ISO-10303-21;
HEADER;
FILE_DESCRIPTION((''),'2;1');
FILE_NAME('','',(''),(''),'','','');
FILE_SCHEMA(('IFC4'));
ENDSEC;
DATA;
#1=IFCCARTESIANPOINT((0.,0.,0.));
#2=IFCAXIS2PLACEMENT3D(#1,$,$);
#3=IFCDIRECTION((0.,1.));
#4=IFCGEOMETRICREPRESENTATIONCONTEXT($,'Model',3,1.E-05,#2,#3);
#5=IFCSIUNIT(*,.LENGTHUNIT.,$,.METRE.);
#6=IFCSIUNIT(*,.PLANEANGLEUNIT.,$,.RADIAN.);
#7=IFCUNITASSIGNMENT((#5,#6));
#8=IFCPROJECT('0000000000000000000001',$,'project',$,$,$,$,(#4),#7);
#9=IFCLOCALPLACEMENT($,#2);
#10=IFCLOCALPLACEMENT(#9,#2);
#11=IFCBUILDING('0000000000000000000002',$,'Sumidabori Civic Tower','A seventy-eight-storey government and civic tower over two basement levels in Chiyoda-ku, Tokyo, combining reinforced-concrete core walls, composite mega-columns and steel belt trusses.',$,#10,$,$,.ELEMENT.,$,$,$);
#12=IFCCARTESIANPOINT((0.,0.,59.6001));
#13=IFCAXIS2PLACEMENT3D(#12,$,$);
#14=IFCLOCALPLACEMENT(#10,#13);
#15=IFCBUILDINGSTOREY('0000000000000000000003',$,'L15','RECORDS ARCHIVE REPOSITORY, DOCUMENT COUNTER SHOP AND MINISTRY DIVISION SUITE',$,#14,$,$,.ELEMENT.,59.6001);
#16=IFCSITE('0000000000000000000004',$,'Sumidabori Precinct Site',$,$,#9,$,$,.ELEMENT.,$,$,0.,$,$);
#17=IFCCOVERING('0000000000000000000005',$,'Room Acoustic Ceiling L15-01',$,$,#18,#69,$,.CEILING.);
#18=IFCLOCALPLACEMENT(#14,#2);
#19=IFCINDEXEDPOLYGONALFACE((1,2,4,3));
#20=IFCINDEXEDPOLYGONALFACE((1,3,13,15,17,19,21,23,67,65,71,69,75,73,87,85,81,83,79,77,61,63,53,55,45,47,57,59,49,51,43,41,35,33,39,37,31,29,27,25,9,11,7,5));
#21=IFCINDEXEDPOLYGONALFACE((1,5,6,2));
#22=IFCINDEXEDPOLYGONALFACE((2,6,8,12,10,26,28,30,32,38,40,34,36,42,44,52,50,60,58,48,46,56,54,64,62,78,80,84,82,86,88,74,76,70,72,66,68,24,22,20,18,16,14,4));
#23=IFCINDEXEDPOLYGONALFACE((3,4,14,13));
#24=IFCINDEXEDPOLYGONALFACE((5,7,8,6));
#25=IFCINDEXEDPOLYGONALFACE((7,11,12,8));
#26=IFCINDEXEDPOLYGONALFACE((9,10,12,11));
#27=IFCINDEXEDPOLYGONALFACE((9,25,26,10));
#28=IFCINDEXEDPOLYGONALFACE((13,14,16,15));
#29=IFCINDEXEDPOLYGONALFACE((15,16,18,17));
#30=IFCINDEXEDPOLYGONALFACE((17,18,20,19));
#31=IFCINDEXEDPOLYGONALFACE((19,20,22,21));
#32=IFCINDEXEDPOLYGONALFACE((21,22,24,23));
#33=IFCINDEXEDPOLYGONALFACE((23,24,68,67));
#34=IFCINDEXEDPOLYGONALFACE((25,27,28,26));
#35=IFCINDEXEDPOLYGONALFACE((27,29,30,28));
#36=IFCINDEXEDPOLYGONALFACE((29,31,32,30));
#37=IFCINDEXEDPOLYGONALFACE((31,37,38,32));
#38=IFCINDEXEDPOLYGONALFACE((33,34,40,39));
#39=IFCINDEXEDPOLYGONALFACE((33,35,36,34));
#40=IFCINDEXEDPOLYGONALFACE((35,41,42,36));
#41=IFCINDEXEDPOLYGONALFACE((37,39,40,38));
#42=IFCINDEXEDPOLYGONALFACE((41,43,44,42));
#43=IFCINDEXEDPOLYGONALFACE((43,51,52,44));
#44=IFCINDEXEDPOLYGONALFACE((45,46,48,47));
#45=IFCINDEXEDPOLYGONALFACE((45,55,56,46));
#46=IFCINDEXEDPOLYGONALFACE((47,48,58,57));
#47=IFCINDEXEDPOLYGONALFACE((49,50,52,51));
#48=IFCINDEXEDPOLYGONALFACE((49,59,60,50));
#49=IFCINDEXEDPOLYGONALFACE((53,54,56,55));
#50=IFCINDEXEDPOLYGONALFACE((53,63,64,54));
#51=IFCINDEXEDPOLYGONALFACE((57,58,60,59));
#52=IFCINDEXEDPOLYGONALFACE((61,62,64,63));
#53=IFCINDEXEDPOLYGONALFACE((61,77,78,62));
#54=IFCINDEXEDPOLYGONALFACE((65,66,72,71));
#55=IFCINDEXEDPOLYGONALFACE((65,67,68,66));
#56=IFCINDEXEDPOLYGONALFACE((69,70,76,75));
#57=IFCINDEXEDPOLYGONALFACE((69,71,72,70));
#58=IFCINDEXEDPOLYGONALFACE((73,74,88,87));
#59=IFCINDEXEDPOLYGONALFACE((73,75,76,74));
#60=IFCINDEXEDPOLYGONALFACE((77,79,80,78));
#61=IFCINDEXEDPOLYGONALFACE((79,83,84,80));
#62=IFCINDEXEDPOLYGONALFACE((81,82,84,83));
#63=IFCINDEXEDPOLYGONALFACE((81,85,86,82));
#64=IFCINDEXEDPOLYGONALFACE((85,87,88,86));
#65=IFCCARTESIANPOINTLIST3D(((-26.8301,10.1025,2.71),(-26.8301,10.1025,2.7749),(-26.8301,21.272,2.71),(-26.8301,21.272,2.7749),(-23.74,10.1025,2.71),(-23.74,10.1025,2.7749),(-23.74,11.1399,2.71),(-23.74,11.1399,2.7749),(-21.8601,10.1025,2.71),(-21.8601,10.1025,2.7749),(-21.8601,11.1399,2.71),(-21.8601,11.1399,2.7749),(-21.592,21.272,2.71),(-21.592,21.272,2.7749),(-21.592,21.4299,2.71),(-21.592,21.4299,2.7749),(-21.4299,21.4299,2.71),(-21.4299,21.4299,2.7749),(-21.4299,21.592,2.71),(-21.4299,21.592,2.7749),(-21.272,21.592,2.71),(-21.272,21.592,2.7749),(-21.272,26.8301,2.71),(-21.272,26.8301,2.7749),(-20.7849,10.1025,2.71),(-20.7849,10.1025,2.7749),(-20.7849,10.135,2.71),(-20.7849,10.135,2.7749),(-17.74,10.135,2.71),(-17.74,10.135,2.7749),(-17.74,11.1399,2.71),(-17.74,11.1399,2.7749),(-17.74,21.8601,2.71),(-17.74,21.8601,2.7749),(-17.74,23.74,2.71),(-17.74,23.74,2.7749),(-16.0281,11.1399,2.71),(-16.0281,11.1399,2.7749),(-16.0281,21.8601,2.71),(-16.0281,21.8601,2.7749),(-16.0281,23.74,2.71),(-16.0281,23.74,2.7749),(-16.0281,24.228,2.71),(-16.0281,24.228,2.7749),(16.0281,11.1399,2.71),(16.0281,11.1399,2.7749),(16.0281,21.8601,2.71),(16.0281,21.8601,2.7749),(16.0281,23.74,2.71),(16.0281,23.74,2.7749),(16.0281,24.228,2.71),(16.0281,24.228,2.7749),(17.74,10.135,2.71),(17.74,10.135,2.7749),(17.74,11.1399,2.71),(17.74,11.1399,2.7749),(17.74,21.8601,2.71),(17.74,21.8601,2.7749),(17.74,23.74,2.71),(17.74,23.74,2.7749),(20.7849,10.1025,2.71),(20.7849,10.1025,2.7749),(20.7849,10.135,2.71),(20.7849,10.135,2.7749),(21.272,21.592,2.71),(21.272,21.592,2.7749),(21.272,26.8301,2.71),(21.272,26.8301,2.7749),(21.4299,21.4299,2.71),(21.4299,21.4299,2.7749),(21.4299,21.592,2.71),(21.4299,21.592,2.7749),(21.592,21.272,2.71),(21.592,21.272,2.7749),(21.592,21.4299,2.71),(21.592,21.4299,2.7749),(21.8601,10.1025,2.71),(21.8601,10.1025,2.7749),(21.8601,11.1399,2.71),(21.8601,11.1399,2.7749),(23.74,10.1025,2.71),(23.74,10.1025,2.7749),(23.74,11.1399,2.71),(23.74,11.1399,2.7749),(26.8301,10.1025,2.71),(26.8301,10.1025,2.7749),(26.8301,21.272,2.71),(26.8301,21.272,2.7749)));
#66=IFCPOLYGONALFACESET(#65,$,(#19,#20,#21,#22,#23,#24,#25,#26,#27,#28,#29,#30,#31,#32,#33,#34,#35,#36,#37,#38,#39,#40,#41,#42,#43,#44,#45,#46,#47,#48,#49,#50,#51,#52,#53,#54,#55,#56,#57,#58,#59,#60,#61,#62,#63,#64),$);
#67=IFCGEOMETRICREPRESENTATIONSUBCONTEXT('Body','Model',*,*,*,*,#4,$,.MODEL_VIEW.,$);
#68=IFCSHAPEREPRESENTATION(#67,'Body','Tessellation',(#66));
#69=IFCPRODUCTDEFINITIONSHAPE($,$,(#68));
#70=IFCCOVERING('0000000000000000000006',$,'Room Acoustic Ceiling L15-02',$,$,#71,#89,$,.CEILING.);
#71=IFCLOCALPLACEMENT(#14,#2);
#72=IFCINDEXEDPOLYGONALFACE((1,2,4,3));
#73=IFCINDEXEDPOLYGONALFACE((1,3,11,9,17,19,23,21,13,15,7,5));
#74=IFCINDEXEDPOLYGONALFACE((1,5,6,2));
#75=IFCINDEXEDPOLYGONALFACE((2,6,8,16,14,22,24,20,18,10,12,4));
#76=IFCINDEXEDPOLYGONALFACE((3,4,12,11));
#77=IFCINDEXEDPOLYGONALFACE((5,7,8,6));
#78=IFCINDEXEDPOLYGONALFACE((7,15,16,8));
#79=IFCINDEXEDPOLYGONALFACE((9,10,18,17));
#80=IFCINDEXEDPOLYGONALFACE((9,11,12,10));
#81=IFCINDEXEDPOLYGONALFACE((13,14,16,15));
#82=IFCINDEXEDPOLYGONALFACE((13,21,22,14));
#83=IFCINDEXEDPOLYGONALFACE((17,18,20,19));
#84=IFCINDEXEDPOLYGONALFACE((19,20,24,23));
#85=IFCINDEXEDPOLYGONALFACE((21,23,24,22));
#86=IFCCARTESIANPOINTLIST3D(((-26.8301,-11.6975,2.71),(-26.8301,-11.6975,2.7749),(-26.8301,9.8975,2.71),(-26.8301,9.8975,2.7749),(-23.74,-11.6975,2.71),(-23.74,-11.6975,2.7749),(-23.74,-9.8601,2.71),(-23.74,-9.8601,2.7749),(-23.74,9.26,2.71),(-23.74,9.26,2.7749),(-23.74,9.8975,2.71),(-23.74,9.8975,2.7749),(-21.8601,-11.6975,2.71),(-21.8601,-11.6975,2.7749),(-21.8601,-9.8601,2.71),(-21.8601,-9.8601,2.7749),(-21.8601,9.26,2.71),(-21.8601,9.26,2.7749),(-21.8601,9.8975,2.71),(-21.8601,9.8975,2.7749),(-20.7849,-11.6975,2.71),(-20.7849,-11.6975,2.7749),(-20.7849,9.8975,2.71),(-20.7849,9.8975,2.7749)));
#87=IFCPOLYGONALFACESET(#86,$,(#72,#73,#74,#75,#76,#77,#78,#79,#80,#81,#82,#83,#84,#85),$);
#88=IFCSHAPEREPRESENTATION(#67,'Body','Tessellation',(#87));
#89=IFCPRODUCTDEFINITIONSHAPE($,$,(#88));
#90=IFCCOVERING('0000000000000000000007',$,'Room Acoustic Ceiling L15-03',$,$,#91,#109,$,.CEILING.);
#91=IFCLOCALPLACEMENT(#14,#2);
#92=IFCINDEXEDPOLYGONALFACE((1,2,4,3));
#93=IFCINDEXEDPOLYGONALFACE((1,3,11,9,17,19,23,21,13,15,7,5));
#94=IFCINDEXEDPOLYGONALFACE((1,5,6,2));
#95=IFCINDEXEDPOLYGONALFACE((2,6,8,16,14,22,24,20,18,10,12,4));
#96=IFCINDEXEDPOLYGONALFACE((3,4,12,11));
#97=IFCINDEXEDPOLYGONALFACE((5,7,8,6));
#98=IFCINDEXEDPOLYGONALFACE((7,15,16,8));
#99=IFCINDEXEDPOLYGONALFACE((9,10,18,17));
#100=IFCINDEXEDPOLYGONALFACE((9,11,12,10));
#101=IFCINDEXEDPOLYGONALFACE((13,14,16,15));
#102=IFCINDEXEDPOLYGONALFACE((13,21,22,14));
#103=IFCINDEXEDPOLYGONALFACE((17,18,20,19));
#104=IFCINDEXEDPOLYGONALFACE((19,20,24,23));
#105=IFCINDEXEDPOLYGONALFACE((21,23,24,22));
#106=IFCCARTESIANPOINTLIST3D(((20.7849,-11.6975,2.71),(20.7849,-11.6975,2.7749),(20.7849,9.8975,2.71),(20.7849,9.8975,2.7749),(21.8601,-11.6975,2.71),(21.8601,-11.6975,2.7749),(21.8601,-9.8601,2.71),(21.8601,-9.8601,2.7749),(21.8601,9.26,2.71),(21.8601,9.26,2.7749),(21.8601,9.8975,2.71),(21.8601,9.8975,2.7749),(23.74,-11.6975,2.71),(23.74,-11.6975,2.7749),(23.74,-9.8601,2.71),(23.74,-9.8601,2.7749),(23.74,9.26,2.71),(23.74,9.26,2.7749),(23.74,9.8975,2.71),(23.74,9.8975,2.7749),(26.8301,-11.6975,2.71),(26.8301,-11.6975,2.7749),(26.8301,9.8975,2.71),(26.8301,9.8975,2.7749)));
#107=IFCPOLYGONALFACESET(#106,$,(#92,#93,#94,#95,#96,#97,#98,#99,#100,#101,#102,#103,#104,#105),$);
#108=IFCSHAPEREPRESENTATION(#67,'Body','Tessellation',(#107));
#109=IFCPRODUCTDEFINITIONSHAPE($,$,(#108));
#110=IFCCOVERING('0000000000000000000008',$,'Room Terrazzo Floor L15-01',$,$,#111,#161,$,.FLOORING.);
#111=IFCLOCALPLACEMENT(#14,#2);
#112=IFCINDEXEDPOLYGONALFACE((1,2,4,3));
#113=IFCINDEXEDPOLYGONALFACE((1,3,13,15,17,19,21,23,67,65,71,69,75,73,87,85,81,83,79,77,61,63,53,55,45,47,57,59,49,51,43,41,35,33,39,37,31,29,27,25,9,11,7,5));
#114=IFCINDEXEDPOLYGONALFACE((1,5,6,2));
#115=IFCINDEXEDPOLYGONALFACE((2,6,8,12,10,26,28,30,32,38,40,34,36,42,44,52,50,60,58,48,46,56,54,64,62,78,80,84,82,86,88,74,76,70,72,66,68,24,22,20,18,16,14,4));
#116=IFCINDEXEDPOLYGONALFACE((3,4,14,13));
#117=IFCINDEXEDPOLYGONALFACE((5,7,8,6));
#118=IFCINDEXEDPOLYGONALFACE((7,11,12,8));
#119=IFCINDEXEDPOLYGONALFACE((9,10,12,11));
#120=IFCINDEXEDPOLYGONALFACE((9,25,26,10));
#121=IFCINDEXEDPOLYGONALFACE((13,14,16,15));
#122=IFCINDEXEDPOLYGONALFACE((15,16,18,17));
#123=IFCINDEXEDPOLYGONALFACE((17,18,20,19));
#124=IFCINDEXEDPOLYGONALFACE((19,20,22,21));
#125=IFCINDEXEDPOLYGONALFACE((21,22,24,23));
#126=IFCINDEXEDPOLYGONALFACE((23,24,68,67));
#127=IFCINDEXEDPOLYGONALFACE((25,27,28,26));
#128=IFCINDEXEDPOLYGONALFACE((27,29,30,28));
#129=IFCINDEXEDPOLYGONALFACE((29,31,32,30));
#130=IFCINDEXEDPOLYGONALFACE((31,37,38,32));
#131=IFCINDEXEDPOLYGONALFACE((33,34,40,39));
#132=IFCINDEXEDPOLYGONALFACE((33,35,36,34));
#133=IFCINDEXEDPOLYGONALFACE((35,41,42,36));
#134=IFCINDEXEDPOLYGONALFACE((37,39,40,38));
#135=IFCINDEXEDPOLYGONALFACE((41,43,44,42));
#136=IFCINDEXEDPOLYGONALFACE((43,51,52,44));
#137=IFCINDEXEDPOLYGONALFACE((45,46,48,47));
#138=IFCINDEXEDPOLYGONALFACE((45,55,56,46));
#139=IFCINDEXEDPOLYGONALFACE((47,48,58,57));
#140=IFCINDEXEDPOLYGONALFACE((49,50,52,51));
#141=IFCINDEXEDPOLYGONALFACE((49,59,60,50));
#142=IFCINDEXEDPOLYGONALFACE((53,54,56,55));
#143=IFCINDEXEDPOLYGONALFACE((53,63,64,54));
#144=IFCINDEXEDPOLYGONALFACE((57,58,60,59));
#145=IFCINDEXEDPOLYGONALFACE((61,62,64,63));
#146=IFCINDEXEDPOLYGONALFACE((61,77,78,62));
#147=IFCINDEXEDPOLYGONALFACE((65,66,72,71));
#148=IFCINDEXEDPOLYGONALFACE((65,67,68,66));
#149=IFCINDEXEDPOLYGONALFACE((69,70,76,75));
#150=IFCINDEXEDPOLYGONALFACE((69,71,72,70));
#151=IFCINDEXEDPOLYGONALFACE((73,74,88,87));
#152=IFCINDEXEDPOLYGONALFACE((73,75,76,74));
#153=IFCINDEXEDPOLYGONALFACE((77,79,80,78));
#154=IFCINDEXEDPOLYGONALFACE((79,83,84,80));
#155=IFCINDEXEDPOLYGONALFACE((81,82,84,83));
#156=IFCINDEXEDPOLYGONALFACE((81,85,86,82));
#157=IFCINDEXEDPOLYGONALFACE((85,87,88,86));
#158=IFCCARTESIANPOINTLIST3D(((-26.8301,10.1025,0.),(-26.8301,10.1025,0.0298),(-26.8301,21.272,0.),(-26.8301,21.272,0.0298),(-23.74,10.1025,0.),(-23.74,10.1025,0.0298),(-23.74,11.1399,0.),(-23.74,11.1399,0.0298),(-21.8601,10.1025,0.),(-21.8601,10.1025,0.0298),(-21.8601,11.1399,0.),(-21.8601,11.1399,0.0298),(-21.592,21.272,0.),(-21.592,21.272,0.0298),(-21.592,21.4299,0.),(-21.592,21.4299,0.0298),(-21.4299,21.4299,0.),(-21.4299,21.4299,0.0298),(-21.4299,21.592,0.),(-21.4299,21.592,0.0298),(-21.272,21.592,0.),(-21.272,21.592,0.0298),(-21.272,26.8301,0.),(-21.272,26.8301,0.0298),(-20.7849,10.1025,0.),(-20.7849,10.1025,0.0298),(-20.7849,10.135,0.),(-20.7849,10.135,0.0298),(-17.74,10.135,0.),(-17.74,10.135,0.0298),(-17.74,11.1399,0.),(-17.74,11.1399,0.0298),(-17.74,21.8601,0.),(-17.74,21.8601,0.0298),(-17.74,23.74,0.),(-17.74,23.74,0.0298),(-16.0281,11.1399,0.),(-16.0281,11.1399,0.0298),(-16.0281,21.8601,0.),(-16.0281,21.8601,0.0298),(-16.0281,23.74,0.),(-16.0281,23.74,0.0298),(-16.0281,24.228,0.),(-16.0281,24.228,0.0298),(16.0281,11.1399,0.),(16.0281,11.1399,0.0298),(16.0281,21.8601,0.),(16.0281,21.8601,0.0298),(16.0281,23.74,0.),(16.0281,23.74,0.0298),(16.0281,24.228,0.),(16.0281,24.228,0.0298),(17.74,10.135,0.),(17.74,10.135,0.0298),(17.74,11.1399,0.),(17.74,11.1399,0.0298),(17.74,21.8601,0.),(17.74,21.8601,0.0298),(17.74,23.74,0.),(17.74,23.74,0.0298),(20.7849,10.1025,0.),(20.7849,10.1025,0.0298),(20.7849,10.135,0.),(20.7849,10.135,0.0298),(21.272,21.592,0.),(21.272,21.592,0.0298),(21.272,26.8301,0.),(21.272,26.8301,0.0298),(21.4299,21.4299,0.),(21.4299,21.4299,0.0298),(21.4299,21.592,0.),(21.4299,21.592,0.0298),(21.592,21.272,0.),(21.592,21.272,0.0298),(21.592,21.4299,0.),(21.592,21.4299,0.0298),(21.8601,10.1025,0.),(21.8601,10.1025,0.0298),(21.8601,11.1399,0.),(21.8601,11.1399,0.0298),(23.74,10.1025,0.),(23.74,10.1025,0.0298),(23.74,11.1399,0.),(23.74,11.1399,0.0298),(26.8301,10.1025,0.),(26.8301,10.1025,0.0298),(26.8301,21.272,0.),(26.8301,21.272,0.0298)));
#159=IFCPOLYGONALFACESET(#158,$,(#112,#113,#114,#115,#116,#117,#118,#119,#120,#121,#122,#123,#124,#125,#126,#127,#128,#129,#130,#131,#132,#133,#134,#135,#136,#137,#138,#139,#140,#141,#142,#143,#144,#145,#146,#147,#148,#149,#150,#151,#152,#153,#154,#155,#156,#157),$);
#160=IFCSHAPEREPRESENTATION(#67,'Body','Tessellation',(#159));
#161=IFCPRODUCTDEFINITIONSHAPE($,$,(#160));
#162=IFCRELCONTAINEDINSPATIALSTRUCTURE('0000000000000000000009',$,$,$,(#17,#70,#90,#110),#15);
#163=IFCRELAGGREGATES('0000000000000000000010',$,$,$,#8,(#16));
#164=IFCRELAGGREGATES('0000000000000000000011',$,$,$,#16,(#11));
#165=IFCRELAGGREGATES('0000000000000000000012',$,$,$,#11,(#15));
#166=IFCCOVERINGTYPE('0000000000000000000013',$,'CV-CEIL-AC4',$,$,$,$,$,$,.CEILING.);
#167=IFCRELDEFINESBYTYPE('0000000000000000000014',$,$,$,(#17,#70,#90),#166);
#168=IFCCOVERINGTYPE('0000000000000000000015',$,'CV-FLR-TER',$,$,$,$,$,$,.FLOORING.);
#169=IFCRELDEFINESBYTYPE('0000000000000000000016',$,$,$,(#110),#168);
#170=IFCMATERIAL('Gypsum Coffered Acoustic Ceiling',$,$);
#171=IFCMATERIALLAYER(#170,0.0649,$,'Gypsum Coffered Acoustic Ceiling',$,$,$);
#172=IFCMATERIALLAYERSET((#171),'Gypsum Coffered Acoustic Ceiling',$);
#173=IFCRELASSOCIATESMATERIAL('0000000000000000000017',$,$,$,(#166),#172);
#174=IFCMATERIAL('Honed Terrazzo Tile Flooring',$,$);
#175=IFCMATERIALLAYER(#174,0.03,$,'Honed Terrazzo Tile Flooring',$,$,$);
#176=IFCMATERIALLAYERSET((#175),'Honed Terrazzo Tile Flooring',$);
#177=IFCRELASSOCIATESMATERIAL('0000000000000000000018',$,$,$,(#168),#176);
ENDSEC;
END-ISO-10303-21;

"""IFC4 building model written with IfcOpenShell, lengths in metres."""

from ifc_helpers import new_model, si_unit, direction, frame, origin, place, context, subcontext, project, spatial, polyline, outline, extrude, material, layer, layer_set, type_object, element, save


model = new_model("IFC4")

# Units and contexts
model_context = context("Model", 3, precision=1e-05, world=origin(), true_north=direction((0.0, 1.0)))
body_context = subcontext(model_context, "Body", "Model", "MODEL_VIEW")
ifc_project = project(units=[si_unit("LENGTHUNIT", "METRE"), si_unit("PLANEANGLEUNIT", "RADIAN")], contexts=[model_context])

# Site, building, storey
site_placement = place(None, origin())
site = spatial("IfcSite", under=ifc_project, at=site_placement, Name="Sumidabori Precinct Site", CompositionType="ELEMENT", RefElevation=0.0)
building_placement = place(site_placement, origin())
building = spatial("IfcBuilding", under=site, at=building_placement, Name="Sumidabori Civic Tower", Description="A seventy-eight-storey government and civic tower over two basement levels in Chiyoda-ku, Tokyo, combining reinforced-concrete core walls, composite mega-columns and steel belt trusses.", CompositionType="ELEMENT")
storey_placement = place(building_placement, frame((0.0, 0.0, 59.6001)))
storey = spatial("IfcBuildingStorey", under=building, at=storey_placement, Name="L15", Description="RECORDS ARCHIVE REPOSITORY, DOCUMENT COUNTER SHOP AND MINISTRY DIVISION SUITE", CompositionType="ELEMENT", Elevation=59.6001)

# Coverings
ifc_material_1 = material(Name="Gypsum Coffered Acoustic Ceiling")
ifc_layer_1 = layer(ifc_material_1, 0.0649, Name="Gypsum Coffered Acoustic Ceiling")
ifc_layer_set_1 = layer_set([ifc_layer_1], Name="Gypsum Coffered Acoustic Ceiling")
covering_type_1 = type_object("IfcCoveringType", Name="CV-CEIL-AC4", PredefinedType="CEILING", material=ifc_layer_set_1)
covering_1_placement = place(storey_placement, frame((0.0, 0.0, 2.71)))
element("IfcCovering", 1, at=covering_1_placement, inside=storey, type_object=covering_type_1, Name="Room Acoustic Ceiling L15-01", PredefinedType="CEILING", context=body_context, shape_type="SweptSolid", body=[
    extrude(outline(polyline([(-26.8301, 10.1025), (-26.8301, 21.272), (-21.592, 21.272), (-21.592, 21.4299), (-21.4299, 21.4299), (-21.4299, 21.592), (-21.272, 21.592), (-21.272, 26.8301), (21.272, 26.8301), (21.272, 21.592), (21.4299, 21.592), (21.4299, 21.4299), (21.592, 21.4299), (21.592, 21.272), (26.8301, 21.272), (26.8301, 10.1025), (23.74, 10.1025), (23.74, 11.1399), (21.8601, 11.1399), (21.8601, 10.1025), (20.7849, 10.1025), (20.7849, 10.135), (17.74, 10.135), (17.74, 11.1399), (16.0281, 11.1399), (16.0281, 21.8601), (17.74, 21.8601), (17.74, 23.74), (16.0281, 23.74), (16.0281, 24.228), (-16.0281, 24.228), (-16.0281, 23.74), (-17.74, 23.74), (-17.74, 21.8601), (-16.0281, 21.8601), (-16.0281, 11.1399), (-17.74, 11.1399), (-17.74, 10.135), (-20.7849, 10.135), (-20.7849, 10.1025), (-21.8601, 10.1025), (-21.8601, 11.1399), (-23.74, 11.1399), (-23.74, 10.1025), (-26.8301, 10.1025)])), origin(), (0.0, 0.0, 1.0), 0.0649),
])
covering_2_placement = place(storey_placement, frame((0.0, 0.0, 2.71)))
element("IfcCovering", 2, at=covering_2_placement, inside=storey, type_object=covering_type_1, Name="Room Acoustic Ceiling L15-02", PredefinedType="CEILING", context=body_context, shape_type="SweptSolid", body=[
    extrude(outline(polyline([(-21.8601, -11.6975), (-21.8601, -9.8601), (-23.74, -9.8601), (-23.74, -11.6975), (-26.8301, -11.6975), (-26.8301, 9.8975), (-23.74, 9.8975), (-23.74, 9.26), (-21.8601, 9.26), (-21.8601, 9.8975), (-20.7849, 9.8975), (-20.7849, -11.6975), (-21.8601, -11.6975)])), origin(), (0.0, 0.0, 1.0), 0.0649),
])
covering_3_placement = place(storey_placement, frame((0.0, 0.0, 2.71)))
element("IfcCovering", 3, at=covering_3_placement, inside=storey, type_object=covering_type_1, Name="Room Acoustic Ceiling L15-03", PredefinedType="CEILING", context=body_context, shape_type="SweptSolid", body=[
    extrude(outline(polyline([(20.7849, 9.8975), (21.8601, 9.8975), (21.8601, 9.26), (23.74, 9.26), (23.74, 9.8975), (26.8301, 9.8975), (26.8301, -11.6975), (23.74, -11.6975), (23.74, -9.8601), (21.8601, -9.8601), (21.8601, -11.6975), (20.7849, -11.6975), (20.7849, 9.8975)])), origin(), (0.0, 0.0, 1.0), 0.0649),
])
ifc_material_2 = material(Name="Honed Terrazzo Tile Flooring")
ifc_layer_2 = layer(ifc_material_2, 0.03, Name="Honed Terrazzo Tile Flooring")
ifc_layer_set_2 = layer_set([ifc_layer_2], Name="Honed Terrazzo Tile Flooring")
covering_type_2 = type_object("IfcCoveringType", Name="CV-FLR-TER", PredefinedType="FLOORING", material=ifc_layer_set_2)
covering_4_placement = place(storey_placement, origin())
element("IfcCovering", 4, at=covering_4_placement, inside=storey, type_object=covering_type_2, Name="Room Terrazzo Floor L15-01", PredefinedType="FLOORING", context=body_context, shape_type="SweptSolid", body=[
    extrude(outline(polyline([(-26.8301, 10.1025), (-26.8301, 21.272), (-21.592, 21.272), (-21.592, 21.4299), (-21.4299, 21.4299), (-21.4299, 21.592), (-21.272, 21.592), (-21.272, 26.8301), (21.272, 26.8301), (21.272, 21.592), (21.4299, 21.592), (21.4299, 21.4299), (21.592, 21.4299), (21.592, 21.272), (26.8301, 21.272), (26.8301, 10.1025), (23.74, 10.1025), (23.74, 11.1399), (21.8601, 11.1399), (21.8601, 10.1025), (20.7849, 10.1025), (20.7849, 10.135), (17.74, 10.135), (17.74, 11.1399), (16.0281, 11.1399), (16.0281, 21.8601), (17.74, 21.8601), (17.74, 23.74), (16.0281, 23.74), (16.0281, 24.228), (-16.0281, 24.228), (-16.0281, 23.74), (-17.74, 23.74), (-17.74, 21.8601), (-16.0281, 21.8601), (-16.0281, 11.1399), (-17.74, 11.1399), (-17.74, 10.135), (-20.7849, 10.135), (-20.7849, 10.1025), (-21.8601, 10.1025), (-21.8601, 11.1399), (-23.74, 11.1399), (-23.74, 10.1025), (-26.8301, 10.1025)])), origin(), (0.0, 0.0, 1.0), 0.0298),
])

save(model, "model.ifc")
